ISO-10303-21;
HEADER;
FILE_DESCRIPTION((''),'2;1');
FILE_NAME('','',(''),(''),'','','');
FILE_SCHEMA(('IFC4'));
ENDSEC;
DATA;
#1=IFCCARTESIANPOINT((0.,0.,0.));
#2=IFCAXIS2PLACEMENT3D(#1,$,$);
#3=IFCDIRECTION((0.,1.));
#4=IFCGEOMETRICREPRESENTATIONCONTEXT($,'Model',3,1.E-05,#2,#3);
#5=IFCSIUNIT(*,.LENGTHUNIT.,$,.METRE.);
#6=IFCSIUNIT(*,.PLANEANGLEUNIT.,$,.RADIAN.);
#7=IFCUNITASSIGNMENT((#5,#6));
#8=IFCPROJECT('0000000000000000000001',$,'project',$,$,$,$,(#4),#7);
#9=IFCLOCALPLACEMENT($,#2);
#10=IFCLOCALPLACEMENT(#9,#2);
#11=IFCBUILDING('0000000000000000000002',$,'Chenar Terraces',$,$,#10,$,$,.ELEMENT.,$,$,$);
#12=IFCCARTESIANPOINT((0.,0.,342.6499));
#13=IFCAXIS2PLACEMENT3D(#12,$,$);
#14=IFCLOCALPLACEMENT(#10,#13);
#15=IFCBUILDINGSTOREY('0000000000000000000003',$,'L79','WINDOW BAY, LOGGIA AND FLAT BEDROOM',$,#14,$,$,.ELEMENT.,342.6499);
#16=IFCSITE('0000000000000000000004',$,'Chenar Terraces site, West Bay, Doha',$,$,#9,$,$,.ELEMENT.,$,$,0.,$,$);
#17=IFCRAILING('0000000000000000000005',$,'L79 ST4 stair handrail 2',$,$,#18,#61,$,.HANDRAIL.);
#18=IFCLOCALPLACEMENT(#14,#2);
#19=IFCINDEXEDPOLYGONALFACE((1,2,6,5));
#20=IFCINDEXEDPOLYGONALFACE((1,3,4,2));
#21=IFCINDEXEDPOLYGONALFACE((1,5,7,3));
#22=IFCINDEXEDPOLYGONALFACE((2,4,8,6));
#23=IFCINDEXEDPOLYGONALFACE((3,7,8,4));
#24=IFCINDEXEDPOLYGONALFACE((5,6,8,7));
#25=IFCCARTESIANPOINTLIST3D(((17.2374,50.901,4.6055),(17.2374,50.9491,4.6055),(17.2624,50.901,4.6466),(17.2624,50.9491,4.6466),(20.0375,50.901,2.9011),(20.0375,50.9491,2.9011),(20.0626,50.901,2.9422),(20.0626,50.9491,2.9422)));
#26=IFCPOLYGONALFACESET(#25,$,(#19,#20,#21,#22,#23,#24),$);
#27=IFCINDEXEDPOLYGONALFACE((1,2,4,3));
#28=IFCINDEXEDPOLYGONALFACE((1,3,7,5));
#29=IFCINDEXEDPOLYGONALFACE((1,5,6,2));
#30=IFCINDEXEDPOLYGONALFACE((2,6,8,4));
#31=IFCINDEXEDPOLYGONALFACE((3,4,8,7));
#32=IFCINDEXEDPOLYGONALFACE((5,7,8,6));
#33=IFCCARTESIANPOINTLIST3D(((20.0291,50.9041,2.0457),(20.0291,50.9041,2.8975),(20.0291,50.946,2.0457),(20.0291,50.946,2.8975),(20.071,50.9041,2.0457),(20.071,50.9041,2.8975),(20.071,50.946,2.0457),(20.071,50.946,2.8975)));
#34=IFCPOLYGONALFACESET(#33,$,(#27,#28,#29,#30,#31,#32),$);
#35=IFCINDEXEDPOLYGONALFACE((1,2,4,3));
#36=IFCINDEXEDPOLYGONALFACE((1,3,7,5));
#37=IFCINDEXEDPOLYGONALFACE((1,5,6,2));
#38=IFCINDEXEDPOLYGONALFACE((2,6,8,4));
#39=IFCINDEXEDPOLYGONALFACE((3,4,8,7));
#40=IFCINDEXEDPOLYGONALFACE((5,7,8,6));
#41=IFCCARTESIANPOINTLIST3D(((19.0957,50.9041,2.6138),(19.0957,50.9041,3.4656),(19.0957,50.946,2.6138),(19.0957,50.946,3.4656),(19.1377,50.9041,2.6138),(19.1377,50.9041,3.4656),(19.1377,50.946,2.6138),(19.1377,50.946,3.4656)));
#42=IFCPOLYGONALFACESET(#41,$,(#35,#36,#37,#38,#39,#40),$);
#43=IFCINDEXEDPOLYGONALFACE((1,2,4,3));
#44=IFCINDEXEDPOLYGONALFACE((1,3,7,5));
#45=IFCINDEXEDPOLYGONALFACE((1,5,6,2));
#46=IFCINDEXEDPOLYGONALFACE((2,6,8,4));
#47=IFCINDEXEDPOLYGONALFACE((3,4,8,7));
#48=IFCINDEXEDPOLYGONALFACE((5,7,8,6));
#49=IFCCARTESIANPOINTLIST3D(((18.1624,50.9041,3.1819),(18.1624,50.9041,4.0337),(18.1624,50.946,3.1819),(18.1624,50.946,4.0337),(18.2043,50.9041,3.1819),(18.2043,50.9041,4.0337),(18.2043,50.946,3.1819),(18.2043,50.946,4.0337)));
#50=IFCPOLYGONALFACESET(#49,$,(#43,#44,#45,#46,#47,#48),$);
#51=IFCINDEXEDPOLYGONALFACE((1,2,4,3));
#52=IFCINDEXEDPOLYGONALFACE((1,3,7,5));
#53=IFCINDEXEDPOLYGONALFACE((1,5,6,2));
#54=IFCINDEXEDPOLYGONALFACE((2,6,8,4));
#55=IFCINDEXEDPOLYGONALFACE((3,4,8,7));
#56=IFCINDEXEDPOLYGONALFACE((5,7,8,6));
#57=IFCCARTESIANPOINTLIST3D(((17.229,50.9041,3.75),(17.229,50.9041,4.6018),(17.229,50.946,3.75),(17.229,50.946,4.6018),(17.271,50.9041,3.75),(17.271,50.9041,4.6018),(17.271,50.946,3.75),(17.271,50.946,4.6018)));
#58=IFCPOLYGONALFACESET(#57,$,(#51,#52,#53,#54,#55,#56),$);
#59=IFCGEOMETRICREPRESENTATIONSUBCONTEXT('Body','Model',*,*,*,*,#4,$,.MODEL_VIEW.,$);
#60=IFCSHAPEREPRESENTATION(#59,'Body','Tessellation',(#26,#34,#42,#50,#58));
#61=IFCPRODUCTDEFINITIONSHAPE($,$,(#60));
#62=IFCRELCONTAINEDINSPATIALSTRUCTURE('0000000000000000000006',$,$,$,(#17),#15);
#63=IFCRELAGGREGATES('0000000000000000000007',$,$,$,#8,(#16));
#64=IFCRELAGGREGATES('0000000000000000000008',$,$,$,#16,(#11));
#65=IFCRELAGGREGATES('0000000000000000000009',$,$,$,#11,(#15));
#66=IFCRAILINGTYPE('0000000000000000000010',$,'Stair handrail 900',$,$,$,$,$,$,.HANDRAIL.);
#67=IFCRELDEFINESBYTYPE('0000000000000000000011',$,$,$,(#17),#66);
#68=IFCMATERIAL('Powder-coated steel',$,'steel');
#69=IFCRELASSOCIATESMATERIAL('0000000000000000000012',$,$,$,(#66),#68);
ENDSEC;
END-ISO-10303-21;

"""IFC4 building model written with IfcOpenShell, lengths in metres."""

from ifc_helpers import new_model, si_unit, direction, frame, origin, origin_2d, place, context, subcontext, project, spatial, rectangle, extrude, material, type_object, element, save


model = new_model("IFC4")

# Units and contexts
model_context = context("Model", 3, precision=1e-05, world=origin(), true_north=direction((0.0, 1.0)))
body_context = subcontext(model_context, "Body", "Model", "MODEL_VIEW")
ifc_project = project(units=[si_unit("LENGTHUNIT", "METRE"), si_unit("PLANEANGLEUNIT", "RADIAN")], contexts=[model_context])

# Site, building, storey
site_placement = place(None, origin())
site = spatial("IfcSite", under=ifc_project, at=site_placement, Name="Chenar Terraces site, West Bay, Doha", CompositionType="ELEMENT", RefElevation=0.0)
building_placement = place(site_placement, origin())
building = spatial("IfcBuilding", under=site, at=building_placement, Name="Chenar Terraces", CompositionType="ELEMENT")
storey_placement = place(building_placement, frame((0.0, 0.0, 342.6499)))
storey = spatial("IfcBuildingStorey", under=building, at=storey_placement, Name="L79", Description="WINDOW BAY, LOGGIA AND FLAT BEDROOM", CompositionType="ELEMENT", Elevation=342.6499)

# Railing
ifc_material_1 = material(Name="Powder-coated steel", Category="steel")
railing_type_1 = type_object("IfcRailingType", Name="Stair handrail 900", PredefinedType="HANDRAIL", material=ifc_material_1)
railing_1_placement = place(storey_placement, frame((20.05, 50.925, 2.0457)))
element("IfcRailing", 1, at=railing_1_placement, inside=storey, type_object=railing_type_1, Name="L79 ST4 stair handrail 2", PredefinedType="HANDRAIL", context=body_context, shape_type="SweptSolid", body=[
    extrude(rectangle(XDim=0.0481, YDim=0.0481, at=origin_2d()), frame((0.0, 0.0, 0.876), z_axis=(-0.854203, 0.0, 0.51994), x_axis=(0.0, -1.0, 0.0)), (0.0, 0.0, 1.0), 3.2781),
    extrude(rectangle(XDim=0.042, YDim=0.042, at=origin_2d()), origin(), (0.0, 0.0, 1.0), 0.8518),
    extrude(rectangle(XDim=0.042, YDim=0.042, at=origin_2d()), frame((-0.9333, 0.0, 0.5681)), (0.0, 0.0, 1.0), 0.8518),
    extrude(rectangle(XDim=0.042, YDim=0.042, at=origin_2d()), frame((-1.8667, 0.0, 1.1362)), (0.0, 0.0, 1.0), 0.8518),
    extrude(rectangle(XDim=0.042, YDim=0.042, at=origin_2d()), frame((-2.8, 0.0, 1.7043)), (0.0, 0.0, 1.0), 0.8518),
])

save(model, "model.ifc")
